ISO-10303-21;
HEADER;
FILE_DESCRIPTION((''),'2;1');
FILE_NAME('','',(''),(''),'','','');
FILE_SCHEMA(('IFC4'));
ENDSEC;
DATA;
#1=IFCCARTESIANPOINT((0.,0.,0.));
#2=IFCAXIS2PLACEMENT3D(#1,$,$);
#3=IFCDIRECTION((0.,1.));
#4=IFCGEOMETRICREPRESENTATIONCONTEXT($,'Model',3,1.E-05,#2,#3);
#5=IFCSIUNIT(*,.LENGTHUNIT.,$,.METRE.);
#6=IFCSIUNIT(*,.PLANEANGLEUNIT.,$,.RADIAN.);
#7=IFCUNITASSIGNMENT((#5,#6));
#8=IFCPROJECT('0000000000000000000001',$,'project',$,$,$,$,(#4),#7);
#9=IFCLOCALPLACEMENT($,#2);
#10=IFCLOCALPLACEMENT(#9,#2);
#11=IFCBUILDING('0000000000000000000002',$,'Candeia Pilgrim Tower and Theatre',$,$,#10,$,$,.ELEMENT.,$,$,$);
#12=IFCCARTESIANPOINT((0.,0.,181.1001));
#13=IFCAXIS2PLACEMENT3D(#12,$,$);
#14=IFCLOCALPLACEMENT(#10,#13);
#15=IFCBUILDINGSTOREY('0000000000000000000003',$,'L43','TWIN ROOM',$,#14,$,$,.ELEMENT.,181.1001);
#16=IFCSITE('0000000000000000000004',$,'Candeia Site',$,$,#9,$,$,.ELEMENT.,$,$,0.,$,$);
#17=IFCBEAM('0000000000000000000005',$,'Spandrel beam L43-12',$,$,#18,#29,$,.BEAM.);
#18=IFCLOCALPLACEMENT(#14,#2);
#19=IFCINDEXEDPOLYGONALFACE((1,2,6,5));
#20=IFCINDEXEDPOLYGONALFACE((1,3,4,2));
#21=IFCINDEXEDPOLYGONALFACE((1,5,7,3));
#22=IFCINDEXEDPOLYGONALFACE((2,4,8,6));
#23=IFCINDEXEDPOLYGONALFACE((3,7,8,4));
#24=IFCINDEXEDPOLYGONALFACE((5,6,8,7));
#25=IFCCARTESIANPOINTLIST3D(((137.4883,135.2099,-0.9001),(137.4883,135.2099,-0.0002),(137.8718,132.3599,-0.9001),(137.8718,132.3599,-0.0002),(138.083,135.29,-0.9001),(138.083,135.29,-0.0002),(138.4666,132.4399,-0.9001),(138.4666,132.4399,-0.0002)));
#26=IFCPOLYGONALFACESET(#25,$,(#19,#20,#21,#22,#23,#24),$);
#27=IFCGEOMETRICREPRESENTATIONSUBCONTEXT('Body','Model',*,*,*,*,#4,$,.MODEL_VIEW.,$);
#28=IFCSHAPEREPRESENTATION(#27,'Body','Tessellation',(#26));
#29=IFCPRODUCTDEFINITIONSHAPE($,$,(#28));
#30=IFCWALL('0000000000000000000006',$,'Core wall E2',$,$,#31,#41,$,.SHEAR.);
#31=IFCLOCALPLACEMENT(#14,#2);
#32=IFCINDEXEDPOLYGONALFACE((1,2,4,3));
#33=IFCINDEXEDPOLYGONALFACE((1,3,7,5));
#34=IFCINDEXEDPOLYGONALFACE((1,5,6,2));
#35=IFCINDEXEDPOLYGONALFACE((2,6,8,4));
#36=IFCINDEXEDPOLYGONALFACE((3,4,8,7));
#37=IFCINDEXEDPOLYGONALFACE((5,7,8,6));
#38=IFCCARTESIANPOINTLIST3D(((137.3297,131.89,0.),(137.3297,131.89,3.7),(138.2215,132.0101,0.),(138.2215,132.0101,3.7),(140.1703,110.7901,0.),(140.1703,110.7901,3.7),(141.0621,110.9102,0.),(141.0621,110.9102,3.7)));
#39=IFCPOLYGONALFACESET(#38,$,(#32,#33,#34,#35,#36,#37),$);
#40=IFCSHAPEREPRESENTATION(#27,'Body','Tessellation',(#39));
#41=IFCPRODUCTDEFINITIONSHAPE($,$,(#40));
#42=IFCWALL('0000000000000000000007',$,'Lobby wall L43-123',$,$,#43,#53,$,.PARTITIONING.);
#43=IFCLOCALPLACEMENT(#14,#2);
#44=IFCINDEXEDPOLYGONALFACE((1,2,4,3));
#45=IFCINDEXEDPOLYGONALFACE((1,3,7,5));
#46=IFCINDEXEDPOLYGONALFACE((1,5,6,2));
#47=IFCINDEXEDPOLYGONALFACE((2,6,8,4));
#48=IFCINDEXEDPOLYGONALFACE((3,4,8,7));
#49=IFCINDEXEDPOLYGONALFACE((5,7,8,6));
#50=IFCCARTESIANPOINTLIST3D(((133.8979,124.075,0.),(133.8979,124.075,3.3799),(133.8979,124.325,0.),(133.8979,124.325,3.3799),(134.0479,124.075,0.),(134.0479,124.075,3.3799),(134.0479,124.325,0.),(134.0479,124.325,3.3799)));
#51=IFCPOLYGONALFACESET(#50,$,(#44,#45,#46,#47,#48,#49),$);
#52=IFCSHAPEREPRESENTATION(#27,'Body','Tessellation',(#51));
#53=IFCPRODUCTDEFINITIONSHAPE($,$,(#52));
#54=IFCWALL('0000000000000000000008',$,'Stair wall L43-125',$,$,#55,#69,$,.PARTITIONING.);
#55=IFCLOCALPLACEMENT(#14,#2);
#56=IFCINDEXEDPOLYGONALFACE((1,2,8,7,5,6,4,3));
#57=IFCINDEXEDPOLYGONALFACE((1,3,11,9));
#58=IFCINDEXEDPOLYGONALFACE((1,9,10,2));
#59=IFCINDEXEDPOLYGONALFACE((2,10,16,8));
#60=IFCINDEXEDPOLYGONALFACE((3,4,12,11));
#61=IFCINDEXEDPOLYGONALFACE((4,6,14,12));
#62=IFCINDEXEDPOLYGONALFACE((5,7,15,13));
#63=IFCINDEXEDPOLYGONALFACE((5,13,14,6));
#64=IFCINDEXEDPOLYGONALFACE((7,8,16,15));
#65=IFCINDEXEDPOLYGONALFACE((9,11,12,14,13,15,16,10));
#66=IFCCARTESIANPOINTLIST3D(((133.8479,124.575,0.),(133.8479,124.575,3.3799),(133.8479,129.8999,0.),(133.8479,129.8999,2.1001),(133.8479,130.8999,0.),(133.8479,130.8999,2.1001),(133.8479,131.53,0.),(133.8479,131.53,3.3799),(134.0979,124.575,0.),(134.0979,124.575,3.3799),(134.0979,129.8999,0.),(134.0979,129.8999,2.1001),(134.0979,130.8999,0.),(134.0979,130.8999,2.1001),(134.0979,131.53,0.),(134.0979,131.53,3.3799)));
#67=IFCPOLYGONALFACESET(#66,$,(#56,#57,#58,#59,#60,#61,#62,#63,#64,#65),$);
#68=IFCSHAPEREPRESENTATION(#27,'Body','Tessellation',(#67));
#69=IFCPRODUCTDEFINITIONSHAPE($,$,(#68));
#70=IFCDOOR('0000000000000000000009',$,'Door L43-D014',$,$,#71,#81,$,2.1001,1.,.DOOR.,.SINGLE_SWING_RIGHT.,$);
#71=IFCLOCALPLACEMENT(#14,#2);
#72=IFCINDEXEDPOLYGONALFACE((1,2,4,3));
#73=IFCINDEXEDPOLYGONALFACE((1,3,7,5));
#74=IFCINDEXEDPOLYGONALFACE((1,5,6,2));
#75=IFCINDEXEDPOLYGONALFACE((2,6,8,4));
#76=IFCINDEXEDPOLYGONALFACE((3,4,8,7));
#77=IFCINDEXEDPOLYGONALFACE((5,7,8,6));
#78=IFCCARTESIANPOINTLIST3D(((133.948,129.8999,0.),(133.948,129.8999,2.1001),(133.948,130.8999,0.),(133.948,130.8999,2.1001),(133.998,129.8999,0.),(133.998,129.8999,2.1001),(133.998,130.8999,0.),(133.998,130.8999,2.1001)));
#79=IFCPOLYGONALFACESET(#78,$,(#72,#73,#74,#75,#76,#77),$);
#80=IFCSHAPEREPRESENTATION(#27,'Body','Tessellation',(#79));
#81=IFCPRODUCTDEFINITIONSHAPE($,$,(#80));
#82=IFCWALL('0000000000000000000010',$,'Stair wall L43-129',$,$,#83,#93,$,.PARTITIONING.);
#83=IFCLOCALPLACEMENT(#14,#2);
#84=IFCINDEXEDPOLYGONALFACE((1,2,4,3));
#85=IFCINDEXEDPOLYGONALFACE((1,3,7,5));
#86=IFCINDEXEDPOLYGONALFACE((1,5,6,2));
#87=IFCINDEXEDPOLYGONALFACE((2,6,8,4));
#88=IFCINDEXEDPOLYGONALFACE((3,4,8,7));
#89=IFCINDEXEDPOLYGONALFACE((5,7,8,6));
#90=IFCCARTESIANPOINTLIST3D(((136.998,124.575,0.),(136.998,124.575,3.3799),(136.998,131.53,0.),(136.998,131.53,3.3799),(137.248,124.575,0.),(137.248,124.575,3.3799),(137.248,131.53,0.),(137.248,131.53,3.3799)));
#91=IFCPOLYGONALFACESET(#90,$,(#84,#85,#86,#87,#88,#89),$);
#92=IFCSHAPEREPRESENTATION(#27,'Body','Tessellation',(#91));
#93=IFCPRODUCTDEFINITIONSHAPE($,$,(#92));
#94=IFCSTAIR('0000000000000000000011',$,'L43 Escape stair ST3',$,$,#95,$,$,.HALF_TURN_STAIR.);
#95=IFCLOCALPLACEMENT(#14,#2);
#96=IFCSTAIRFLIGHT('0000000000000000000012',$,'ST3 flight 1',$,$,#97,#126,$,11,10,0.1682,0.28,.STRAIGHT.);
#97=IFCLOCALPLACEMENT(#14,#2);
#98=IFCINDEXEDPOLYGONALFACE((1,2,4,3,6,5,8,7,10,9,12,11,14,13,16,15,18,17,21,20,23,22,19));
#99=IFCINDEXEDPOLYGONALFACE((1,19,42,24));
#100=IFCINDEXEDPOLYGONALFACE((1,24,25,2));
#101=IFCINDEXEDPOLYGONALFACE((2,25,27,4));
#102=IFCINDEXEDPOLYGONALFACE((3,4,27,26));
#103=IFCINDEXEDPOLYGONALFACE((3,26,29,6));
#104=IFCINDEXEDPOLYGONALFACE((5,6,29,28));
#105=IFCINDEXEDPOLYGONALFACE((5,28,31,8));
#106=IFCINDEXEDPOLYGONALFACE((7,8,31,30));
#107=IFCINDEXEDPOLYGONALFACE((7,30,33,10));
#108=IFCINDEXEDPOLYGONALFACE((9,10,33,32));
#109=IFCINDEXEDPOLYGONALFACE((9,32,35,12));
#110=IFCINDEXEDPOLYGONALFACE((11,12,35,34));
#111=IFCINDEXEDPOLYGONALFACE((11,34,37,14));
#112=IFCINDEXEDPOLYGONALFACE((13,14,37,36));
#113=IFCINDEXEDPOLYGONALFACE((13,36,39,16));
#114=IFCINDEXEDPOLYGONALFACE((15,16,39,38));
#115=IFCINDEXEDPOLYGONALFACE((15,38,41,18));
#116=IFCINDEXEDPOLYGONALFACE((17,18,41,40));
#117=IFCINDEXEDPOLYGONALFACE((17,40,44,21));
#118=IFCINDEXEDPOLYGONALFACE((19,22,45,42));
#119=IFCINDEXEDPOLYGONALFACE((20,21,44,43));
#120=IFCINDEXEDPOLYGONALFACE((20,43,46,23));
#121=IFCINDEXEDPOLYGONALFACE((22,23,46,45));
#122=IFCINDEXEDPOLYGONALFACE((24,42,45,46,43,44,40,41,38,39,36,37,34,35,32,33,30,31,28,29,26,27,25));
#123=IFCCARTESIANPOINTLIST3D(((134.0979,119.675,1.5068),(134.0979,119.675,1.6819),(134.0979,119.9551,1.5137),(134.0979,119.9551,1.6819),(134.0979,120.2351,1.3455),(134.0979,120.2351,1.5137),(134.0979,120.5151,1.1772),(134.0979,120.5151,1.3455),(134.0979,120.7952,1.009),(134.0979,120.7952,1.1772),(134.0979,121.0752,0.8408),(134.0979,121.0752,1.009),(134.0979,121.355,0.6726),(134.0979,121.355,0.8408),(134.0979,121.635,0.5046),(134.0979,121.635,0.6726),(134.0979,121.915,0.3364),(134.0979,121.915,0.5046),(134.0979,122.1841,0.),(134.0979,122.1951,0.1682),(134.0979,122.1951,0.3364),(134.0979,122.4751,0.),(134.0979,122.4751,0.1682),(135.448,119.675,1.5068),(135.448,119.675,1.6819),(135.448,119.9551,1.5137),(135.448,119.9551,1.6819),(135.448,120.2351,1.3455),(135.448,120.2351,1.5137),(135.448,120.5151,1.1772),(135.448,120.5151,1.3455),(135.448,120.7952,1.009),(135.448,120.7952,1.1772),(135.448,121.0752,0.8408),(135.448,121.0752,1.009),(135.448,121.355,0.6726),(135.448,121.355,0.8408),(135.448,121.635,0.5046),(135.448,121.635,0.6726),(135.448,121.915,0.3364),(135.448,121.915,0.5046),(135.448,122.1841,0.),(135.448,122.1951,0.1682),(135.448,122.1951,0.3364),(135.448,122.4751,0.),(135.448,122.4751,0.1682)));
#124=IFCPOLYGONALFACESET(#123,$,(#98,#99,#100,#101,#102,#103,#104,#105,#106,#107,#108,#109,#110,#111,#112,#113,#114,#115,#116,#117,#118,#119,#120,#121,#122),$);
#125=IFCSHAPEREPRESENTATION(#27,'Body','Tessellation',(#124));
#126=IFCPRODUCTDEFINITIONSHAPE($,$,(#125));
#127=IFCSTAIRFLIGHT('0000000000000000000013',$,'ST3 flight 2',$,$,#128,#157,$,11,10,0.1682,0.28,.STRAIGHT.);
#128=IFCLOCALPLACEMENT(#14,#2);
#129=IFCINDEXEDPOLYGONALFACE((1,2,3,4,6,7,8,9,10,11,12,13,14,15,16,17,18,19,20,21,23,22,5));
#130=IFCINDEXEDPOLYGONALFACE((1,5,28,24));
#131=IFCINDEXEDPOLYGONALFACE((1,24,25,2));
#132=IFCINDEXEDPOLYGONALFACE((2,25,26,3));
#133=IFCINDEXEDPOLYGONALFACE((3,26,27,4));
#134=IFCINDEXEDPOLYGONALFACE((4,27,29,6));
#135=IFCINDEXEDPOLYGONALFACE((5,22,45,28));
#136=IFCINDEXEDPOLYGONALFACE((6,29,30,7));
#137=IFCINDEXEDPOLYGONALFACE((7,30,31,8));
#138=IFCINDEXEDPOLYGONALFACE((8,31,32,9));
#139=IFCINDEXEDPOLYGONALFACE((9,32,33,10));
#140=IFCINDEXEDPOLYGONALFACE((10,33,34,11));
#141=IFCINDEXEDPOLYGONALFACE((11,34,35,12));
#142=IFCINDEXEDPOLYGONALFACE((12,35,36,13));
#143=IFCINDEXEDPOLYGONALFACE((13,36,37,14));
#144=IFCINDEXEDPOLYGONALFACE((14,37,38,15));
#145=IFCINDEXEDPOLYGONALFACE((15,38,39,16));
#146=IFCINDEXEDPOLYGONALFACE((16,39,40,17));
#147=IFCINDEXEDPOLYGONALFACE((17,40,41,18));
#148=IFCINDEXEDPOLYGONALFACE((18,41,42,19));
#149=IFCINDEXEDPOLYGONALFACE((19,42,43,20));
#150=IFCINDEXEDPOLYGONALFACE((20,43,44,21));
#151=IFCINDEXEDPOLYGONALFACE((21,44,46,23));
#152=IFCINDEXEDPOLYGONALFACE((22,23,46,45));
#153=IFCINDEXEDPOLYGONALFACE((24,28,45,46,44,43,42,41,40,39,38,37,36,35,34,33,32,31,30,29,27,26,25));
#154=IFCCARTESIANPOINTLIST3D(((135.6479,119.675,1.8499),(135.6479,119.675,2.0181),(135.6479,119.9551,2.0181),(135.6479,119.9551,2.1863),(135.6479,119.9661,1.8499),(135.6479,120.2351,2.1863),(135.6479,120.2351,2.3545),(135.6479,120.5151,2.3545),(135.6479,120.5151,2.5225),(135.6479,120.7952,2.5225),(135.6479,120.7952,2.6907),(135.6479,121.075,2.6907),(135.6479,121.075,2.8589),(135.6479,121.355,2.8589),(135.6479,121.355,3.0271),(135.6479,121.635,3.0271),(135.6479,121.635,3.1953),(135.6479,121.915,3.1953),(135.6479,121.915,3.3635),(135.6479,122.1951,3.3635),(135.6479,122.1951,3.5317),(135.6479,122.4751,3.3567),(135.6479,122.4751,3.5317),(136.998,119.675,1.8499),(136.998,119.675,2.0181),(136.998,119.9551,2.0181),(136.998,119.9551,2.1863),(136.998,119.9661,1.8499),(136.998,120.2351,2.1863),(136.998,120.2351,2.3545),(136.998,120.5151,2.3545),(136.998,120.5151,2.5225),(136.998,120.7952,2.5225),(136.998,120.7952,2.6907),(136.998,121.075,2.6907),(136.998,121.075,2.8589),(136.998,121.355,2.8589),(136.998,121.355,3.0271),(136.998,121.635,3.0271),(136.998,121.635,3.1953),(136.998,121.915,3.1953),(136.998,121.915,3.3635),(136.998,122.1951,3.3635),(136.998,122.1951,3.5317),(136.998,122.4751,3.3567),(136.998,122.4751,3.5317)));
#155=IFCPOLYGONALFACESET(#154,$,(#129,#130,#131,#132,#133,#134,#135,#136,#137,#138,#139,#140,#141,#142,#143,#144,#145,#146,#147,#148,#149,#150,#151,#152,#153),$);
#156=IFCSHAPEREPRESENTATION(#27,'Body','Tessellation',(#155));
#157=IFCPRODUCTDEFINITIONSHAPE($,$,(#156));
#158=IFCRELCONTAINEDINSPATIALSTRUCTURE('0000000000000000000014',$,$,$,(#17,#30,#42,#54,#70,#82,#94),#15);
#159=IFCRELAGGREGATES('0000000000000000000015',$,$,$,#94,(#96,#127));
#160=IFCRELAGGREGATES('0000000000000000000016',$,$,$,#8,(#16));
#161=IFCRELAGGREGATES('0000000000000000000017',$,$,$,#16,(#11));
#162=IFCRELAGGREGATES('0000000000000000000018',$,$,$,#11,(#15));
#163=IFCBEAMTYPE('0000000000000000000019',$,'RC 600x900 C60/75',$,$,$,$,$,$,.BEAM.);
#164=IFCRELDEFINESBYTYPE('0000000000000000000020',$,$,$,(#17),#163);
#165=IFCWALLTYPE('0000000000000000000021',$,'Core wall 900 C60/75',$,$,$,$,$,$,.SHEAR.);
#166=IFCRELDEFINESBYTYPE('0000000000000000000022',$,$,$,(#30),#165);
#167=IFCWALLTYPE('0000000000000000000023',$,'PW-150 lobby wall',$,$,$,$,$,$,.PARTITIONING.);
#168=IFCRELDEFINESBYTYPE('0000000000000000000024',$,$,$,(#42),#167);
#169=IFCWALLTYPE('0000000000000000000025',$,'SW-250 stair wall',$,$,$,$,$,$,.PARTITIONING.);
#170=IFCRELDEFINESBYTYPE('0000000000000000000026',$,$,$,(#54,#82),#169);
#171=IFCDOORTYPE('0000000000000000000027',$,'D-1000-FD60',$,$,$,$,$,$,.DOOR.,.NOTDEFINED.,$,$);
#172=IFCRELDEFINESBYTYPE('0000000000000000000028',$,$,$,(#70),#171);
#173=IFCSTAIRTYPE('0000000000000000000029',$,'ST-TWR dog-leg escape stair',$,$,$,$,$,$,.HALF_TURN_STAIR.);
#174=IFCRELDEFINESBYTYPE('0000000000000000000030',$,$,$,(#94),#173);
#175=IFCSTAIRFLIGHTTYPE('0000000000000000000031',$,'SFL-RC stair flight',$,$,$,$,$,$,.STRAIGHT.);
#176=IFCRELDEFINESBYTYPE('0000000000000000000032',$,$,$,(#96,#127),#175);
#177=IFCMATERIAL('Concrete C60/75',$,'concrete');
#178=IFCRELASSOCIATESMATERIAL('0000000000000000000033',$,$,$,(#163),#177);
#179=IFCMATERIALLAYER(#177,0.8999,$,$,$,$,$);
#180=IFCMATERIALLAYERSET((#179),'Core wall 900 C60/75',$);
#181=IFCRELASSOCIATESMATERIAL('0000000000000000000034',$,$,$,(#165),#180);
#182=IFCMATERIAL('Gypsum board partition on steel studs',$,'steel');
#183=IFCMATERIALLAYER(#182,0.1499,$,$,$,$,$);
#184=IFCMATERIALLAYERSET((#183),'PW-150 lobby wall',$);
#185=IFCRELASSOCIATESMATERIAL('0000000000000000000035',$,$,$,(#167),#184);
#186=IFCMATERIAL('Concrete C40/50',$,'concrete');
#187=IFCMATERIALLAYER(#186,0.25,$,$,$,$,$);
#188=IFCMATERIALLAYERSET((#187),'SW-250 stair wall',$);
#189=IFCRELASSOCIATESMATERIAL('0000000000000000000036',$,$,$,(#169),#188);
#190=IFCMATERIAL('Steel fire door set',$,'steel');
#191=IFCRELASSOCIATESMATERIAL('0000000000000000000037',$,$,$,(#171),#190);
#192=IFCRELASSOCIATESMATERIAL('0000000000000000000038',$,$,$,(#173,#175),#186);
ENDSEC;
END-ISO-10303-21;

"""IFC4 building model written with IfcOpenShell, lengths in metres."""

from ifc_helpers import new_model, si_unit, direction, frame, frame_2d, origin, origin_2d, place, context, subcontext, project, spatial, polyline, rectangle, outline, extrude, material, layer, layer_set, material_profile, profile_set, type_object, element, fill, aggregate, save


model = new_model("IFC4")

# Units and contexts
model_context = context("Model", 3, precision=1e-05, world=origin(), true_north=direction((0.0, 1.0)))
body_context = subcontext(model_context, "Body", "Model", "MODEL_VIEW")
ifc_project = project(units=[si_unit("LENGTHUNIT", "METRE"), si_unit("PLANEANGLEUNIT", "RADIAN")], contexts=[model_context])

# Site, building, storey
site_placement = place(None, origin())
site = spatial("IfcSite", under=ifc_project, at=site_placement, Name="Candeia Site", CompositionType="ELEMENT", RefElevation=0.0)
building_placement = place(site_placement, origin())
building = spatial("IfcBuilding", under=site, at=building_placement, Name="Candeia Pilgrim Tower and Theatre", CompositionType="ELEMENT")
storey_placement = place(building_placement, frame((0.0, 0.0, 181.1001)))
storey = spatial("IfcBuildingStorey", under=building, at=storey_placement, Name="L43", Description="TWIN ROOM", CompositionType="ELEMENT", Elevation=181.1001)

# Beam
ifc_material_1 = material(Name="Concrete C60/75", Category="concrete")
ifc_material_profile = material_profile(ifc_material_1, rectangle(XDim=0.6001, YDim=0.8999, at=origin_2d()))
ifc_profile_set = profile_set([ifc_material_profile], Name="Concrete C60/75")
beam_type = type_object("IfcBeamType", Name="RC 600x900 C60/75", PredefinedType="BEAM", material=ifc_profile_set)
beam_placement = place(storey_placement, frame((138.1692, 132.3999, -0.4502), z_axis=(-0.13337, 0.991066, 0.0), x_axis=(-0.991066, -0.13337, 0.0)))
element("IfcBeam", 1, at=beam_placement, inside=storey, type_object=beam_type, Name="Spandrel beam L43-12", PredefinedType="BEAM", context=body_context, shape_type="SweptSolid", body=[
    extrude(rectangle(XDim=0.6001, YDim=0.8999, at=origin_2d()), origin(), (0.0, 0.0, 1.0), 2.8757),
])

# Wall
ifc_layer_1 = layer(ifc_material_1, 0.8999)
ifc_layer_set_1 = layer_set([ifc_layer_1], Name="Core wall 900 C60/75")
wall_type_1 = type_object("IfcWallType", Name="Core wall 900 C60/75", PredefinedType="SHEAR", material=ifc_layer_set_1)
wall_1_placement = place(storey_placement, frame((137.7756, 131.95, 0.0), z_axis=(0.0, 0.0, 1.0), x_axis=(0.133422, -0.991059, 0.0)))
element("IfcWall", 2, at=wall_1_placement, inside=storey, type_object=wall_type_1, Name="Core wall E2", PredefinedType="SHEAR", context=body_context, shape_type="SweptSolid", body=[
    extrude(rectangle(XDim=21.2903, YDim=0.8999, at=frame_2d((10.645, 0.0))), origin(), (0.0, 0.0, 1.0), 3.7),
])

# Wall
ifc_material_2 = material(Name="Gypsum board partition on steel studs", Category="steel")
ifc_layer_2 = layer(ifc_material_2, 0.1499)
ifc_layer_set_2 = layer_set([ifc_layer_2], Name="PW-150 lobby wall")
wall_type_2 = type_object("IfcWallType", Name="PW-150 lobby wall", PredefinedType="PARTITIONING", material=ifc_layer_set_2)
wall_2_placement = place(storey_placement, frame((133.9729, 124.075, 0.0), z_axis=(0.0, 0.0, 1.0), x_axis=(0.0, 1.0, 0.0)))
element("IfcWall", 3, at=wall_2_placement, inside=storey, type_object=wall_type_2, Name="Lobby wall L43-123", PredefinedType="PARTITIONING", context=body_context, shape_type="SweptSolid", body=[
    extrude(rectangle(XDim=0.25, YDim=0.1499, at=frame_2d((0.125, 0.0))), origin(), (0.0, 0.0, 1.0), 3.3799),
])

# Wall, opening, door
ifc_material_3 = material(Name="Concrete C40/50", Category="concrete")
ifc_layer_3 = layer(ifc_material_3, 0.25)
ifc_layer_set_3 = layer_set([ifc_layer_3], Name="SW-250 stair wall")
wall_type_3 = type_object("IfcWallType", Name="SW-250 stair wall", PredefinedType="PARTITIONING", material=ifc_layer_set_3)
wall_3_placement = place(storey_placement, frame((133.9729, 124.575, 0.0), z_axis=(0.0, 0.0, 1.0), x_axis=(0.0, 1.0, 0.0)))
wall_3 = element("IfcWall", 4, at=wall_3_placement, inside=storey, type_object=wall_type_3, Name="Stair wall L43-125", PredefinedType="PARTITIONING", context=body_context, shape_type="SweptSolid", body=[
    extrude(rectangle(XDim=6.9551, YDim=0.25, at=frame_2d((3.4775, 0.0))), origin(), (0.0, 0.0, 1.0), 3.3799),
])
opening_1_placement = place(wall_3_placement, frame((5.325, 0.0, 0.0)))
opening_1 = element("IfcOpeningElement", 5, at=opening_1_placement, cuts=wall_3, PredefinedType="OPENING", context=body_context, shape_type="SweptSolid", body=[
    extrude(rectangle(XDim=1.0, YDim=2.1001, at=frame_2d((0.5, 1.05))), frame((0.0, 0.135, 0.0), z_axis=(0.0, -1.0, 0.0), x_axis=(1.0, 0.0, 0.0)), (0.0, 0.0, 1.0), 0.27),
])
ifc_material_4 = material(Name="Steel fire door set", Category="steel")
door_type_1 = type_object("IfcDoorType", Name="D-1000-FD60", OperationType="NOTDEFINED", PredefinedType="DOOR", material=ifc_material_4)
door_1_placement = place(opening_1_placement, origin())
door_1 = element("IfcDoor", 6, at=door_1_placement, inside=storey, type_object=door_type_1, Name="Door L43-D014", OperationType="SINGLE_SWING_RIGHT", OverallHeight=2.1001, OverallWidth=1.0, PredefinedType="DOOR", context=body_context, shape_type="SweptSolid", body=[
    extrude(rectangle(XDim=1.0, YDim=2.1001, at=frame_2d((0.5, 1.05))), frame((0.0, 0.0249, 0.0), z_axis=(0.0, -1.0, 0.0), x_axis=(1.0, 0.0, 0.0)), (0.0, 0.0, 1.0), 0.05),
])
fill(opening_1, door_1)

# Wall
wall_4_placement = place(storey_placement, frame((137.123, 124.575, 0.0), z_axis=(0.0, 0.0, 1.0), x_axis=(0.0, 1.0, 0.0)))
element("IfcWall", 7, at=wall_4_placement, inside=storey, type_object=wall_type_3, Name="Stair wall L43-129", PredefinedType="PARTITIONING", context=body_context, shape_type="SweptSolid", body=[
    extrude(rectangle(XDim=6.9551, YDim=0.25, at=frame_2d((3.4775, 0.0))), origin(), (0.0, 0.0, 1.0), 3.3799),
])

# Stair, stair flights
stair_type = type_object("IfcStairType", Name="ST-TWR dog-leg escape stair", PredefinedType="HALF_TURN_STAIR", material=ifc_material_3)
stair_1_placement = place(storey_placement, origin())
stair_1 = element("IfcStair", 8, at=stair_1_placement, inside=storey, type_object=stair_type, Name="L43 Escape stair ST3", PredefinedType="HALF_TURN_STAIR")
stair_flight_type = type_object("IfcStairFlightType", Name="SFL-RC stair flight", PredefinedType="STRAIGHT", material=ifc_material_3)
stair_flight_1_placement = place(storey_placement, frame((134.7729, 122.4751, 0.0), z_axis=(0.0, 0.0, 1.0), x_axis=(0.0, -1.0, 0.0)))
stair_flight_1 = element("IfcStairFlight", 9, at=stair_flight_1_placement, type_object=stair_flight_type, Name="ST3 flight 1", NumberOfRisers=11, NumberOfTreads=10, PredefinedType="STRAIGHT", RiserHeight=0.1682, TreadLength=0.28, context=body_context, shape_type="SweptSolid", body=[
    extrude(outline(polyline([(0.0, 0.0), (0.0, 0.1682), (0.28, 0.1682), (0.28, 0.3364), (0.5601, 0.3364), (0.5601, 0.5046), (0.8401, 0.5046), (0.8401, 0.6726), (1.1201, 0.6726), (1.1201, 0.8408), (1.3999, 0.8408), (1.3999, 1.009), (1.6799, 1.009), (1.6799, 1.1772), (1.96, 1.1772), (1.96, 1.3455), (2.24, 1.3455), (2.24, 1.5137), (2.52, 1.5137), (2.52, 1.6819), (2.8, 1.6819), (2.8, 1.8501), (2.8, 1.5068), (0.291, 0.0), (0.0, 0.0)])), frame((0.0, 0.675, 0.0), z_axis=(0.0, -1.0, 0.0), x_axis=(1.0, 0.0, 0.0)), (0.0, 0.0, 1.0), 1.3501),
])
stair_flight_2_placement = place(storey_placement, frame((136.323, 119.675, 1.8499), z_axis=(0.0, 0.0, 1.0), x_axis=(0.0, 1.0, 0.0)))
stair_flight_2 = element("IfcStairFlight", 10, at=stair_flight_2_placement, type_object=stair_flight_type, Name="ST3 flight 2", NumberOfRisers=11, NumberOfTreads=10, PredefinedType="STRAIGHT", RiserHeight=0.1682, TreadLength=0.28, context=body_context, shape_type="SweptSolid", body=[
    extrude(outline(polyline([(0.0, 0.0), (0.0, 0.1682), (0.28, 0.1682), (0.28, 0.3364), (0.5601, 0.3364), (0.5601, 0.5046), (0.8401, 0.5046), (0.8401, 0.6726), (1.1201, 0.6726), (1.1201, 0.8408), (1.3999, 0.8408), (1.3999, 1.009), (1.6799, 1.009), (1.6799, 1.1772), (1.96, 1.1772), (1.96, 1.3455), (2.24, 1.3455), (2.24, 1.5137), (2.52, 1.5137), (2.52, 1.6819), (2.8, 1.6819), (2.8, 1.8501), (2.8, 1.5068), (0.291, 0.0), (0.0, 0.0)])), frame((0.0, 0.675, 0.0), z_axis=(0.0, -1.0, 0.0), x_axis=(1.0, 0.0, 0.0)), (0.0, 0.0, 1.0), 1.3501),
])
aggregate(stair_1, [stair_flight_1, stair_flight_2])

save(model, "model.ifc")
